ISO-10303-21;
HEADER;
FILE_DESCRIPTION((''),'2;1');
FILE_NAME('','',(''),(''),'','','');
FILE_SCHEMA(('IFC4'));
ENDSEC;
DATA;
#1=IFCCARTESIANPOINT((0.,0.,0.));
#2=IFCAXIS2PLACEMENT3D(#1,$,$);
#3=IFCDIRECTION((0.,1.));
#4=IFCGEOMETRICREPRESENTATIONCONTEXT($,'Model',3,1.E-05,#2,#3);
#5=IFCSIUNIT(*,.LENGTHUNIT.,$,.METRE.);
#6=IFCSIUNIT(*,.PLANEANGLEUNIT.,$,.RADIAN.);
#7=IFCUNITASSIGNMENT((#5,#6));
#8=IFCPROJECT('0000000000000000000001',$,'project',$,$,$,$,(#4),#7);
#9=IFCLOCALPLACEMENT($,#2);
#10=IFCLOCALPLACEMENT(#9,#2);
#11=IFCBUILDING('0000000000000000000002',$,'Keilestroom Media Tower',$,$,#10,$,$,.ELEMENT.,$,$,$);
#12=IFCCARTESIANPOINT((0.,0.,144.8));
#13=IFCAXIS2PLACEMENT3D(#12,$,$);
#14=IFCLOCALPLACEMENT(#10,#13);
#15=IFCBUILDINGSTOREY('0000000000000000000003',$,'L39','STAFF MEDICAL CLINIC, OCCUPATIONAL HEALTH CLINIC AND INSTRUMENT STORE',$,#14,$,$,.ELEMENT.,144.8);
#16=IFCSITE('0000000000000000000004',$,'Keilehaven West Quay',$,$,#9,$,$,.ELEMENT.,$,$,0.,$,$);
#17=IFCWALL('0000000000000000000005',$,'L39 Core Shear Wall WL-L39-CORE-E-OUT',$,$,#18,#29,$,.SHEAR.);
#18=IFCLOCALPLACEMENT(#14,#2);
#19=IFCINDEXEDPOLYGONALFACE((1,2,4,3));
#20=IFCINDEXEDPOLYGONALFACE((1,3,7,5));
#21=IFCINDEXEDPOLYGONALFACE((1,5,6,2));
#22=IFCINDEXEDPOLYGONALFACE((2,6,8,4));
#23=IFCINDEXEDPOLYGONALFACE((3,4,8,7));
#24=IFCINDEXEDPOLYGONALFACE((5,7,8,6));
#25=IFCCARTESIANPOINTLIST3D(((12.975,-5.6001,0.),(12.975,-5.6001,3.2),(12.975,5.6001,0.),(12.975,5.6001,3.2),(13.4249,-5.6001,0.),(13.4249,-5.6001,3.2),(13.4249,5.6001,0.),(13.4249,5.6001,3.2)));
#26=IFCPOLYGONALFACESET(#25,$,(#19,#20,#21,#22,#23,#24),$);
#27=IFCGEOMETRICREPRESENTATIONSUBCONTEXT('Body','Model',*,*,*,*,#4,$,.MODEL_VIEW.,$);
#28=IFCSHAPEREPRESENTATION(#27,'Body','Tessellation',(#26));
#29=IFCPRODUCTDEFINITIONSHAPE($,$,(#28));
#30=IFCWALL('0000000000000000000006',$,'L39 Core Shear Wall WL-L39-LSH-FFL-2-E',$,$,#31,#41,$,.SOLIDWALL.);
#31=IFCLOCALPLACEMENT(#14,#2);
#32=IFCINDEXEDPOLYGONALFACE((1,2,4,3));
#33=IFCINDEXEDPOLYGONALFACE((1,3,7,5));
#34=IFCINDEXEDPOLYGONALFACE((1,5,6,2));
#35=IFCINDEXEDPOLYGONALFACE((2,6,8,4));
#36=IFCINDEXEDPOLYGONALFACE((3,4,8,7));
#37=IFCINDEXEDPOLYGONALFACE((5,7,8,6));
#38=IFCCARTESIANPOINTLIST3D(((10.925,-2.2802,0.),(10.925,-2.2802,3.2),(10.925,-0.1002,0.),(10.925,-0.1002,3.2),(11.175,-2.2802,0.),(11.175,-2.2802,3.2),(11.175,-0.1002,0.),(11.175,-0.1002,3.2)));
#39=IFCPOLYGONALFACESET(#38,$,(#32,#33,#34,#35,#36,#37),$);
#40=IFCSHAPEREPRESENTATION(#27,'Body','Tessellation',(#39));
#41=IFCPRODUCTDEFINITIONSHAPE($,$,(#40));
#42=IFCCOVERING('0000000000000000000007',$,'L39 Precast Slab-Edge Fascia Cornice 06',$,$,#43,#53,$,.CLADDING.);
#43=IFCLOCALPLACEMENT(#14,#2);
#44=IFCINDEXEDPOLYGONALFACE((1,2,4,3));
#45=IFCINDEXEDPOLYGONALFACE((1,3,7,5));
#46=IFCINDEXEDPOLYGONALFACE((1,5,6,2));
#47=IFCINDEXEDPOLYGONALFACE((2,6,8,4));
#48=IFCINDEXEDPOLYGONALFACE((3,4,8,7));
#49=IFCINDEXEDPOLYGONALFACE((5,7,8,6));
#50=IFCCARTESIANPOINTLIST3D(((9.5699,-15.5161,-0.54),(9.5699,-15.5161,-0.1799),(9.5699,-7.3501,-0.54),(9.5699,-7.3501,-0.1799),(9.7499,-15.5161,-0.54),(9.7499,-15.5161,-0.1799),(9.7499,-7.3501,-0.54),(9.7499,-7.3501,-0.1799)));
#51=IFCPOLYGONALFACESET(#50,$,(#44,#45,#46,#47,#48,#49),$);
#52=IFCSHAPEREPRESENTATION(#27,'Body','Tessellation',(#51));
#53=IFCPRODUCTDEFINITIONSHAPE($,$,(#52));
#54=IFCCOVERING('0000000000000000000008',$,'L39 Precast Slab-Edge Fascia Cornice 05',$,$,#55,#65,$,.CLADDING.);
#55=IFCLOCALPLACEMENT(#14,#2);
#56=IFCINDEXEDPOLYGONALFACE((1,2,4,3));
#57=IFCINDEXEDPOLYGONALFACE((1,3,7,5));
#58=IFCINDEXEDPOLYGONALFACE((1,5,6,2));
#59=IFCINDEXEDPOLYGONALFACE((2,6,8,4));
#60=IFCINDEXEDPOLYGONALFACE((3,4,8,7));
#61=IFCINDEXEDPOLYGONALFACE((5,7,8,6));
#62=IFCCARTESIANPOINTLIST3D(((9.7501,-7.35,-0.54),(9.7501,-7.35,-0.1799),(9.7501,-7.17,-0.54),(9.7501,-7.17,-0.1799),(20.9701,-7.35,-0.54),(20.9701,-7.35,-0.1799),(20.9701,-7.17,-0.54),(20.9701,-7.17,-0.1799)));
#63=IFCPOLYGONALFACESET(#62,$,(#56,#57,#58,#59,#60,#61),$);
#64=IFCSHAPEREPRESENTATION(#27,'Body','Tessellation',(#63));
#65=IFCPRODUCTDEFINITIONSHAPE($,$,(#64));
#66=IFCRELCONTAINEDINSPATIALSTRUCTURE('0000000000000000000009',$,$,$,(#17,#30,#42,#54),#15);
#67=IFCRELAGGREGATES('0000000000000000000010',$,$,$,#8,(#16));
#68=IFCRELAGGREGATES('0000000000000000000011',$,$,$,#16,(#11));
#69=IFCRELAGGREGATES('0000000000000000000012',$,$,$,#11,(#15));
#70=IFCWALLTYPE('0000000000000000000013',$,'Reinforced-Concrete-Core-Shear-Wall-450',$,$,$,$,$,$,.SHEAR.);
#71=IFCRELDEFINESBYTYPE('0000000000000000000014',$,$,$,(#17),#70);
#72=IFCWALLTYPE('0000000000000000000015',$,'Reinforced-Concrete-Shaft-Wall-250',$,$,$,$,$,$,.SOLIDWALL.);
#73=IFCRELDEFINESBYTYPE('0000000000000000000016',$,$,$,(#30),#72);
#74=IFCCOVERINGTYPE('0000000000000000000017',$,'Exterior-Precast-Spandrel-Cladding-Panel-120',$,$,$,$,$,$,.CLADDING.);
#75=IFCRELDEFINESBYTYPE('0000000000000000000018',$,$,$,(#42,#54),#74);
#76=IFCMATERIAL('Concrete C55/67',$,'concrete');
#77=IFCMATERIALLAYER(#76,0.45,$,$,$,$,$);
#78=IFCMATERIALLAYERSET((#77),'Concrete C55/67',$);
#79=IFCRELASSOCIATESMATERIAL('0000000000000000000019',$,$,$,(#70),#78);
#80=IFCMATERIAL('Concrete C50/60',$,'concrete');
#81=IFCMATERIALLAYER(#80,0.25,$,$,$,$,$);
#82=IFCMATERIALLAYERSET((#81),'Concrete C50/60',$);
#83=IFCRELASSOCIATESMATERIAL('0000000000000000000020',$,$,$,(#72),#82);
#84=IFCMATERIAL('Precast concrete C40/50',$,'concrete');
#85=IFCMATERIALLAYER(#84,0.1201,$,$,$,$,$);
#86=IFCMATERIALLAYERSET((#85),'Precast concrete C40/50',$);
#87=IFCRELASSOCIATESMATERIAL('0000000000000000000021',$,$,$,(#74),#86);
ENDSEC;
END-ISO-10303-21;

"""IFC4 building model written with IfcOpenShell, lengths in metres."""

from ifc_helpers import new_model, si_unit, direction, frame, frame_2d, origin, origin_2d, place, context, subcontext, project, spatial, rectangle, extrude, source, transform, mapped, material, layer, layer_set, type_object, element, save


model = new_model("IFC4")

# Units and contexts
model_context = context("Model", 3, precision=1e-05, world=origin(), true_north=direction((0.0, 1.0)))
body_context = subcontext(model_context, "Body", "Model", "MODEL_VIEW")
ifc_project = project(units=[si_unit("LENGTHUNIT", "METRE"), si_unit("PLANEANGLEUNIT", "RADIAN")], contexts=[model_context])

# Site, building, storey
site_placement = place(None, origin())
site = spatial("IfcSite", under=ifc_project, at=site_placement, Name="Keilehaven West Quay", CompositionType="ELEMENT", RefElevation=0.0)
building_placement = place(site_placement, origin())
building = spatial("IfcBuilding", under=site, at=building_placement, Name="Keilestroom Media Tower", CompositionType="ELEMENT")
storey_placement = place(building_placement, frame((0.0, 0.0, 144.8)))
storey = spatial("IfcBuildingStorey", under=building, at=storey_placement, Name="L39", Description="STAFF MEDICAL CLINIC, OCCUPATIONAL HEALTH CLINIC AND INSTRUMENT STORE", CompositionType="ELEMENT", Elevation=144.8)

# Shared definitions
ifc_material_1 = material(Name="Precast concrete C40/50", Category="concrete")
ifc_material_2 = material(Name="Concrete C55/67", Category="concrete")

# Walls
ifc_layer_1 = layer(ifc_material_2, 0.45)
ifc_layer_set_1 = layer_set([ifc_layer_1], Name="Concrete C55/67")
wall_type_1 = type_object("IfcWallType", Name="Reinforced-Concrete-Core-Shear-Wall-450", PredefinedType="SHEAR", material=ifc_layer_set_1)
wall_1_placement = place(storey_placement, frame((13.2, -5.6001, 0.0), z_axis=(0.0, 0.0, 1.0), x_axis=(0.0, 1.0, 0.0)))
element("IfcWall", 1, at=wall_1_placement, inside=storey, type_object=wall_type_1, Name="L39 Core Shear Wall WL-L39-CORE-E-OUT", PredefinedType="SHEAR", context=body_context, shape_type="SweptSolid", body=[
    extrude(rectangle(XDim=11.2002, YDim=0.45, at=frame_2d((5.6001, 0.0))), origin(), (0.0, 0.0, 1.0), 3.2),
])
ifc_material_3 = material(Name="Concrete C50/60", Category="concrete")
ifc_layer_2 = layer(ifc_material_3, 0.25)
ifc_layer_set_2 = layer_set([ifc_layer_2], Name="Concrete C50/60")
wall_type_2 = type_object("IfcWallType", Name="Reinforced-Concrete-Shaft-Wall-250", PredefinedType="SOLIDWALL", material=ifc_layer_set_2)
wall_2_placement = place(storey_placement, frame((11.05, -2.28, 0.0), z_axis=(0.0, 0.0, 1.0), x_axis=(0.0, 1.0, 0.0)))
element("IfcWall", 2, at=wall_2_placement, inside=storey, type_object=wall_type_2, Name="L39 Core Shear Wall WL-L39-LSH-FFL-2-E", PredefinedType="SOLIDWALL", context=body_context, shape_type="SweptSolid", body=[
    extrude(rectangle(XDim=2.1799, YDim=0.25, at=frame_2d((1.0898, 0.0))), origin(), (0.0, 0.0, 1.0), 3.2),
])

# Coverings
ifc_layer_3 = layer(ifc_material_1, 0.1201)
ifc_layer_set_3 = layer_set([ifc_layer_3], Name="Precast concrete C40/50")
covering_type = type_object("IfcCoveringType", Name="Exterior-Precast-Spandrel-Cladding-Panel-120", PredefinedType="CLADDING", material=ifc_layer_set_3)
shared_shape_1 = source(origin(), body_context, "Body", "SweptSolid", [
    extrude(rectangle(XDim=8.166, YDim=0.1799, at=origin_2d()), origin(), (0.0, 0.0, 1.0), 0.3601),
])
covering_1_placement = place(storey_placement, frame((9.6599, -11.4331, -0.54), z_axis=(0.0, 0.0, 1.0), x_axis=(0.0, -1.0, 0.0)))
element("IfcCovering", 3, at=covering_1_placement, inside=storey, type_object=covering_type, Name="L39 Precast Slab-Edge Fascia Cornice 06", PredefinedType="CLADDING", context=body_context, shape_type="MappedRepresentation", body=[
    mapped(shared_shape_1, transform((0.0, 0.0, 0.0), x_axis=(1.0, 0.0, 0.0), y_axis=(0.0, 1.0, 0.0), z_axis=(0.0, 0.0, 1.0), scale=1.0)),
])
shared_shape_2 = source(origin(), body_context, "Body", "SweptSolid", [
    extrude(rectangle(XDim=11.22, YDim=0.1799, at=origin_2d()), origin(), (0.0, 0.0, 1.0), 0.3601),
])
covering_2_placement = place(storey_placement, frame((15.3601, -7.26, -0.54), z_axis=(0.0, 0.0, 1.0), x_axis=(-1.0, 0.0, 0.0)))
element("IfcCovering", 4, at=covering_2_placement, inside=storey, type_object=covering_type, Name="L39 Precast Slab-Edge Fascia Cornice 05", PredefinedType="CLADDING", context=body_context, shape_type="MappedRepresentation", body=[
    mapped(shared_shape_2, transform((0.0, 0.0, 0.0), x_axis=(1.0, 0.0, 0.0), y_axis=(0.0, 1.0, 0.0), z_axis=(0.0, 0.0, 1.0), scale=1.0)),
])

save(model, "model.ifc")
